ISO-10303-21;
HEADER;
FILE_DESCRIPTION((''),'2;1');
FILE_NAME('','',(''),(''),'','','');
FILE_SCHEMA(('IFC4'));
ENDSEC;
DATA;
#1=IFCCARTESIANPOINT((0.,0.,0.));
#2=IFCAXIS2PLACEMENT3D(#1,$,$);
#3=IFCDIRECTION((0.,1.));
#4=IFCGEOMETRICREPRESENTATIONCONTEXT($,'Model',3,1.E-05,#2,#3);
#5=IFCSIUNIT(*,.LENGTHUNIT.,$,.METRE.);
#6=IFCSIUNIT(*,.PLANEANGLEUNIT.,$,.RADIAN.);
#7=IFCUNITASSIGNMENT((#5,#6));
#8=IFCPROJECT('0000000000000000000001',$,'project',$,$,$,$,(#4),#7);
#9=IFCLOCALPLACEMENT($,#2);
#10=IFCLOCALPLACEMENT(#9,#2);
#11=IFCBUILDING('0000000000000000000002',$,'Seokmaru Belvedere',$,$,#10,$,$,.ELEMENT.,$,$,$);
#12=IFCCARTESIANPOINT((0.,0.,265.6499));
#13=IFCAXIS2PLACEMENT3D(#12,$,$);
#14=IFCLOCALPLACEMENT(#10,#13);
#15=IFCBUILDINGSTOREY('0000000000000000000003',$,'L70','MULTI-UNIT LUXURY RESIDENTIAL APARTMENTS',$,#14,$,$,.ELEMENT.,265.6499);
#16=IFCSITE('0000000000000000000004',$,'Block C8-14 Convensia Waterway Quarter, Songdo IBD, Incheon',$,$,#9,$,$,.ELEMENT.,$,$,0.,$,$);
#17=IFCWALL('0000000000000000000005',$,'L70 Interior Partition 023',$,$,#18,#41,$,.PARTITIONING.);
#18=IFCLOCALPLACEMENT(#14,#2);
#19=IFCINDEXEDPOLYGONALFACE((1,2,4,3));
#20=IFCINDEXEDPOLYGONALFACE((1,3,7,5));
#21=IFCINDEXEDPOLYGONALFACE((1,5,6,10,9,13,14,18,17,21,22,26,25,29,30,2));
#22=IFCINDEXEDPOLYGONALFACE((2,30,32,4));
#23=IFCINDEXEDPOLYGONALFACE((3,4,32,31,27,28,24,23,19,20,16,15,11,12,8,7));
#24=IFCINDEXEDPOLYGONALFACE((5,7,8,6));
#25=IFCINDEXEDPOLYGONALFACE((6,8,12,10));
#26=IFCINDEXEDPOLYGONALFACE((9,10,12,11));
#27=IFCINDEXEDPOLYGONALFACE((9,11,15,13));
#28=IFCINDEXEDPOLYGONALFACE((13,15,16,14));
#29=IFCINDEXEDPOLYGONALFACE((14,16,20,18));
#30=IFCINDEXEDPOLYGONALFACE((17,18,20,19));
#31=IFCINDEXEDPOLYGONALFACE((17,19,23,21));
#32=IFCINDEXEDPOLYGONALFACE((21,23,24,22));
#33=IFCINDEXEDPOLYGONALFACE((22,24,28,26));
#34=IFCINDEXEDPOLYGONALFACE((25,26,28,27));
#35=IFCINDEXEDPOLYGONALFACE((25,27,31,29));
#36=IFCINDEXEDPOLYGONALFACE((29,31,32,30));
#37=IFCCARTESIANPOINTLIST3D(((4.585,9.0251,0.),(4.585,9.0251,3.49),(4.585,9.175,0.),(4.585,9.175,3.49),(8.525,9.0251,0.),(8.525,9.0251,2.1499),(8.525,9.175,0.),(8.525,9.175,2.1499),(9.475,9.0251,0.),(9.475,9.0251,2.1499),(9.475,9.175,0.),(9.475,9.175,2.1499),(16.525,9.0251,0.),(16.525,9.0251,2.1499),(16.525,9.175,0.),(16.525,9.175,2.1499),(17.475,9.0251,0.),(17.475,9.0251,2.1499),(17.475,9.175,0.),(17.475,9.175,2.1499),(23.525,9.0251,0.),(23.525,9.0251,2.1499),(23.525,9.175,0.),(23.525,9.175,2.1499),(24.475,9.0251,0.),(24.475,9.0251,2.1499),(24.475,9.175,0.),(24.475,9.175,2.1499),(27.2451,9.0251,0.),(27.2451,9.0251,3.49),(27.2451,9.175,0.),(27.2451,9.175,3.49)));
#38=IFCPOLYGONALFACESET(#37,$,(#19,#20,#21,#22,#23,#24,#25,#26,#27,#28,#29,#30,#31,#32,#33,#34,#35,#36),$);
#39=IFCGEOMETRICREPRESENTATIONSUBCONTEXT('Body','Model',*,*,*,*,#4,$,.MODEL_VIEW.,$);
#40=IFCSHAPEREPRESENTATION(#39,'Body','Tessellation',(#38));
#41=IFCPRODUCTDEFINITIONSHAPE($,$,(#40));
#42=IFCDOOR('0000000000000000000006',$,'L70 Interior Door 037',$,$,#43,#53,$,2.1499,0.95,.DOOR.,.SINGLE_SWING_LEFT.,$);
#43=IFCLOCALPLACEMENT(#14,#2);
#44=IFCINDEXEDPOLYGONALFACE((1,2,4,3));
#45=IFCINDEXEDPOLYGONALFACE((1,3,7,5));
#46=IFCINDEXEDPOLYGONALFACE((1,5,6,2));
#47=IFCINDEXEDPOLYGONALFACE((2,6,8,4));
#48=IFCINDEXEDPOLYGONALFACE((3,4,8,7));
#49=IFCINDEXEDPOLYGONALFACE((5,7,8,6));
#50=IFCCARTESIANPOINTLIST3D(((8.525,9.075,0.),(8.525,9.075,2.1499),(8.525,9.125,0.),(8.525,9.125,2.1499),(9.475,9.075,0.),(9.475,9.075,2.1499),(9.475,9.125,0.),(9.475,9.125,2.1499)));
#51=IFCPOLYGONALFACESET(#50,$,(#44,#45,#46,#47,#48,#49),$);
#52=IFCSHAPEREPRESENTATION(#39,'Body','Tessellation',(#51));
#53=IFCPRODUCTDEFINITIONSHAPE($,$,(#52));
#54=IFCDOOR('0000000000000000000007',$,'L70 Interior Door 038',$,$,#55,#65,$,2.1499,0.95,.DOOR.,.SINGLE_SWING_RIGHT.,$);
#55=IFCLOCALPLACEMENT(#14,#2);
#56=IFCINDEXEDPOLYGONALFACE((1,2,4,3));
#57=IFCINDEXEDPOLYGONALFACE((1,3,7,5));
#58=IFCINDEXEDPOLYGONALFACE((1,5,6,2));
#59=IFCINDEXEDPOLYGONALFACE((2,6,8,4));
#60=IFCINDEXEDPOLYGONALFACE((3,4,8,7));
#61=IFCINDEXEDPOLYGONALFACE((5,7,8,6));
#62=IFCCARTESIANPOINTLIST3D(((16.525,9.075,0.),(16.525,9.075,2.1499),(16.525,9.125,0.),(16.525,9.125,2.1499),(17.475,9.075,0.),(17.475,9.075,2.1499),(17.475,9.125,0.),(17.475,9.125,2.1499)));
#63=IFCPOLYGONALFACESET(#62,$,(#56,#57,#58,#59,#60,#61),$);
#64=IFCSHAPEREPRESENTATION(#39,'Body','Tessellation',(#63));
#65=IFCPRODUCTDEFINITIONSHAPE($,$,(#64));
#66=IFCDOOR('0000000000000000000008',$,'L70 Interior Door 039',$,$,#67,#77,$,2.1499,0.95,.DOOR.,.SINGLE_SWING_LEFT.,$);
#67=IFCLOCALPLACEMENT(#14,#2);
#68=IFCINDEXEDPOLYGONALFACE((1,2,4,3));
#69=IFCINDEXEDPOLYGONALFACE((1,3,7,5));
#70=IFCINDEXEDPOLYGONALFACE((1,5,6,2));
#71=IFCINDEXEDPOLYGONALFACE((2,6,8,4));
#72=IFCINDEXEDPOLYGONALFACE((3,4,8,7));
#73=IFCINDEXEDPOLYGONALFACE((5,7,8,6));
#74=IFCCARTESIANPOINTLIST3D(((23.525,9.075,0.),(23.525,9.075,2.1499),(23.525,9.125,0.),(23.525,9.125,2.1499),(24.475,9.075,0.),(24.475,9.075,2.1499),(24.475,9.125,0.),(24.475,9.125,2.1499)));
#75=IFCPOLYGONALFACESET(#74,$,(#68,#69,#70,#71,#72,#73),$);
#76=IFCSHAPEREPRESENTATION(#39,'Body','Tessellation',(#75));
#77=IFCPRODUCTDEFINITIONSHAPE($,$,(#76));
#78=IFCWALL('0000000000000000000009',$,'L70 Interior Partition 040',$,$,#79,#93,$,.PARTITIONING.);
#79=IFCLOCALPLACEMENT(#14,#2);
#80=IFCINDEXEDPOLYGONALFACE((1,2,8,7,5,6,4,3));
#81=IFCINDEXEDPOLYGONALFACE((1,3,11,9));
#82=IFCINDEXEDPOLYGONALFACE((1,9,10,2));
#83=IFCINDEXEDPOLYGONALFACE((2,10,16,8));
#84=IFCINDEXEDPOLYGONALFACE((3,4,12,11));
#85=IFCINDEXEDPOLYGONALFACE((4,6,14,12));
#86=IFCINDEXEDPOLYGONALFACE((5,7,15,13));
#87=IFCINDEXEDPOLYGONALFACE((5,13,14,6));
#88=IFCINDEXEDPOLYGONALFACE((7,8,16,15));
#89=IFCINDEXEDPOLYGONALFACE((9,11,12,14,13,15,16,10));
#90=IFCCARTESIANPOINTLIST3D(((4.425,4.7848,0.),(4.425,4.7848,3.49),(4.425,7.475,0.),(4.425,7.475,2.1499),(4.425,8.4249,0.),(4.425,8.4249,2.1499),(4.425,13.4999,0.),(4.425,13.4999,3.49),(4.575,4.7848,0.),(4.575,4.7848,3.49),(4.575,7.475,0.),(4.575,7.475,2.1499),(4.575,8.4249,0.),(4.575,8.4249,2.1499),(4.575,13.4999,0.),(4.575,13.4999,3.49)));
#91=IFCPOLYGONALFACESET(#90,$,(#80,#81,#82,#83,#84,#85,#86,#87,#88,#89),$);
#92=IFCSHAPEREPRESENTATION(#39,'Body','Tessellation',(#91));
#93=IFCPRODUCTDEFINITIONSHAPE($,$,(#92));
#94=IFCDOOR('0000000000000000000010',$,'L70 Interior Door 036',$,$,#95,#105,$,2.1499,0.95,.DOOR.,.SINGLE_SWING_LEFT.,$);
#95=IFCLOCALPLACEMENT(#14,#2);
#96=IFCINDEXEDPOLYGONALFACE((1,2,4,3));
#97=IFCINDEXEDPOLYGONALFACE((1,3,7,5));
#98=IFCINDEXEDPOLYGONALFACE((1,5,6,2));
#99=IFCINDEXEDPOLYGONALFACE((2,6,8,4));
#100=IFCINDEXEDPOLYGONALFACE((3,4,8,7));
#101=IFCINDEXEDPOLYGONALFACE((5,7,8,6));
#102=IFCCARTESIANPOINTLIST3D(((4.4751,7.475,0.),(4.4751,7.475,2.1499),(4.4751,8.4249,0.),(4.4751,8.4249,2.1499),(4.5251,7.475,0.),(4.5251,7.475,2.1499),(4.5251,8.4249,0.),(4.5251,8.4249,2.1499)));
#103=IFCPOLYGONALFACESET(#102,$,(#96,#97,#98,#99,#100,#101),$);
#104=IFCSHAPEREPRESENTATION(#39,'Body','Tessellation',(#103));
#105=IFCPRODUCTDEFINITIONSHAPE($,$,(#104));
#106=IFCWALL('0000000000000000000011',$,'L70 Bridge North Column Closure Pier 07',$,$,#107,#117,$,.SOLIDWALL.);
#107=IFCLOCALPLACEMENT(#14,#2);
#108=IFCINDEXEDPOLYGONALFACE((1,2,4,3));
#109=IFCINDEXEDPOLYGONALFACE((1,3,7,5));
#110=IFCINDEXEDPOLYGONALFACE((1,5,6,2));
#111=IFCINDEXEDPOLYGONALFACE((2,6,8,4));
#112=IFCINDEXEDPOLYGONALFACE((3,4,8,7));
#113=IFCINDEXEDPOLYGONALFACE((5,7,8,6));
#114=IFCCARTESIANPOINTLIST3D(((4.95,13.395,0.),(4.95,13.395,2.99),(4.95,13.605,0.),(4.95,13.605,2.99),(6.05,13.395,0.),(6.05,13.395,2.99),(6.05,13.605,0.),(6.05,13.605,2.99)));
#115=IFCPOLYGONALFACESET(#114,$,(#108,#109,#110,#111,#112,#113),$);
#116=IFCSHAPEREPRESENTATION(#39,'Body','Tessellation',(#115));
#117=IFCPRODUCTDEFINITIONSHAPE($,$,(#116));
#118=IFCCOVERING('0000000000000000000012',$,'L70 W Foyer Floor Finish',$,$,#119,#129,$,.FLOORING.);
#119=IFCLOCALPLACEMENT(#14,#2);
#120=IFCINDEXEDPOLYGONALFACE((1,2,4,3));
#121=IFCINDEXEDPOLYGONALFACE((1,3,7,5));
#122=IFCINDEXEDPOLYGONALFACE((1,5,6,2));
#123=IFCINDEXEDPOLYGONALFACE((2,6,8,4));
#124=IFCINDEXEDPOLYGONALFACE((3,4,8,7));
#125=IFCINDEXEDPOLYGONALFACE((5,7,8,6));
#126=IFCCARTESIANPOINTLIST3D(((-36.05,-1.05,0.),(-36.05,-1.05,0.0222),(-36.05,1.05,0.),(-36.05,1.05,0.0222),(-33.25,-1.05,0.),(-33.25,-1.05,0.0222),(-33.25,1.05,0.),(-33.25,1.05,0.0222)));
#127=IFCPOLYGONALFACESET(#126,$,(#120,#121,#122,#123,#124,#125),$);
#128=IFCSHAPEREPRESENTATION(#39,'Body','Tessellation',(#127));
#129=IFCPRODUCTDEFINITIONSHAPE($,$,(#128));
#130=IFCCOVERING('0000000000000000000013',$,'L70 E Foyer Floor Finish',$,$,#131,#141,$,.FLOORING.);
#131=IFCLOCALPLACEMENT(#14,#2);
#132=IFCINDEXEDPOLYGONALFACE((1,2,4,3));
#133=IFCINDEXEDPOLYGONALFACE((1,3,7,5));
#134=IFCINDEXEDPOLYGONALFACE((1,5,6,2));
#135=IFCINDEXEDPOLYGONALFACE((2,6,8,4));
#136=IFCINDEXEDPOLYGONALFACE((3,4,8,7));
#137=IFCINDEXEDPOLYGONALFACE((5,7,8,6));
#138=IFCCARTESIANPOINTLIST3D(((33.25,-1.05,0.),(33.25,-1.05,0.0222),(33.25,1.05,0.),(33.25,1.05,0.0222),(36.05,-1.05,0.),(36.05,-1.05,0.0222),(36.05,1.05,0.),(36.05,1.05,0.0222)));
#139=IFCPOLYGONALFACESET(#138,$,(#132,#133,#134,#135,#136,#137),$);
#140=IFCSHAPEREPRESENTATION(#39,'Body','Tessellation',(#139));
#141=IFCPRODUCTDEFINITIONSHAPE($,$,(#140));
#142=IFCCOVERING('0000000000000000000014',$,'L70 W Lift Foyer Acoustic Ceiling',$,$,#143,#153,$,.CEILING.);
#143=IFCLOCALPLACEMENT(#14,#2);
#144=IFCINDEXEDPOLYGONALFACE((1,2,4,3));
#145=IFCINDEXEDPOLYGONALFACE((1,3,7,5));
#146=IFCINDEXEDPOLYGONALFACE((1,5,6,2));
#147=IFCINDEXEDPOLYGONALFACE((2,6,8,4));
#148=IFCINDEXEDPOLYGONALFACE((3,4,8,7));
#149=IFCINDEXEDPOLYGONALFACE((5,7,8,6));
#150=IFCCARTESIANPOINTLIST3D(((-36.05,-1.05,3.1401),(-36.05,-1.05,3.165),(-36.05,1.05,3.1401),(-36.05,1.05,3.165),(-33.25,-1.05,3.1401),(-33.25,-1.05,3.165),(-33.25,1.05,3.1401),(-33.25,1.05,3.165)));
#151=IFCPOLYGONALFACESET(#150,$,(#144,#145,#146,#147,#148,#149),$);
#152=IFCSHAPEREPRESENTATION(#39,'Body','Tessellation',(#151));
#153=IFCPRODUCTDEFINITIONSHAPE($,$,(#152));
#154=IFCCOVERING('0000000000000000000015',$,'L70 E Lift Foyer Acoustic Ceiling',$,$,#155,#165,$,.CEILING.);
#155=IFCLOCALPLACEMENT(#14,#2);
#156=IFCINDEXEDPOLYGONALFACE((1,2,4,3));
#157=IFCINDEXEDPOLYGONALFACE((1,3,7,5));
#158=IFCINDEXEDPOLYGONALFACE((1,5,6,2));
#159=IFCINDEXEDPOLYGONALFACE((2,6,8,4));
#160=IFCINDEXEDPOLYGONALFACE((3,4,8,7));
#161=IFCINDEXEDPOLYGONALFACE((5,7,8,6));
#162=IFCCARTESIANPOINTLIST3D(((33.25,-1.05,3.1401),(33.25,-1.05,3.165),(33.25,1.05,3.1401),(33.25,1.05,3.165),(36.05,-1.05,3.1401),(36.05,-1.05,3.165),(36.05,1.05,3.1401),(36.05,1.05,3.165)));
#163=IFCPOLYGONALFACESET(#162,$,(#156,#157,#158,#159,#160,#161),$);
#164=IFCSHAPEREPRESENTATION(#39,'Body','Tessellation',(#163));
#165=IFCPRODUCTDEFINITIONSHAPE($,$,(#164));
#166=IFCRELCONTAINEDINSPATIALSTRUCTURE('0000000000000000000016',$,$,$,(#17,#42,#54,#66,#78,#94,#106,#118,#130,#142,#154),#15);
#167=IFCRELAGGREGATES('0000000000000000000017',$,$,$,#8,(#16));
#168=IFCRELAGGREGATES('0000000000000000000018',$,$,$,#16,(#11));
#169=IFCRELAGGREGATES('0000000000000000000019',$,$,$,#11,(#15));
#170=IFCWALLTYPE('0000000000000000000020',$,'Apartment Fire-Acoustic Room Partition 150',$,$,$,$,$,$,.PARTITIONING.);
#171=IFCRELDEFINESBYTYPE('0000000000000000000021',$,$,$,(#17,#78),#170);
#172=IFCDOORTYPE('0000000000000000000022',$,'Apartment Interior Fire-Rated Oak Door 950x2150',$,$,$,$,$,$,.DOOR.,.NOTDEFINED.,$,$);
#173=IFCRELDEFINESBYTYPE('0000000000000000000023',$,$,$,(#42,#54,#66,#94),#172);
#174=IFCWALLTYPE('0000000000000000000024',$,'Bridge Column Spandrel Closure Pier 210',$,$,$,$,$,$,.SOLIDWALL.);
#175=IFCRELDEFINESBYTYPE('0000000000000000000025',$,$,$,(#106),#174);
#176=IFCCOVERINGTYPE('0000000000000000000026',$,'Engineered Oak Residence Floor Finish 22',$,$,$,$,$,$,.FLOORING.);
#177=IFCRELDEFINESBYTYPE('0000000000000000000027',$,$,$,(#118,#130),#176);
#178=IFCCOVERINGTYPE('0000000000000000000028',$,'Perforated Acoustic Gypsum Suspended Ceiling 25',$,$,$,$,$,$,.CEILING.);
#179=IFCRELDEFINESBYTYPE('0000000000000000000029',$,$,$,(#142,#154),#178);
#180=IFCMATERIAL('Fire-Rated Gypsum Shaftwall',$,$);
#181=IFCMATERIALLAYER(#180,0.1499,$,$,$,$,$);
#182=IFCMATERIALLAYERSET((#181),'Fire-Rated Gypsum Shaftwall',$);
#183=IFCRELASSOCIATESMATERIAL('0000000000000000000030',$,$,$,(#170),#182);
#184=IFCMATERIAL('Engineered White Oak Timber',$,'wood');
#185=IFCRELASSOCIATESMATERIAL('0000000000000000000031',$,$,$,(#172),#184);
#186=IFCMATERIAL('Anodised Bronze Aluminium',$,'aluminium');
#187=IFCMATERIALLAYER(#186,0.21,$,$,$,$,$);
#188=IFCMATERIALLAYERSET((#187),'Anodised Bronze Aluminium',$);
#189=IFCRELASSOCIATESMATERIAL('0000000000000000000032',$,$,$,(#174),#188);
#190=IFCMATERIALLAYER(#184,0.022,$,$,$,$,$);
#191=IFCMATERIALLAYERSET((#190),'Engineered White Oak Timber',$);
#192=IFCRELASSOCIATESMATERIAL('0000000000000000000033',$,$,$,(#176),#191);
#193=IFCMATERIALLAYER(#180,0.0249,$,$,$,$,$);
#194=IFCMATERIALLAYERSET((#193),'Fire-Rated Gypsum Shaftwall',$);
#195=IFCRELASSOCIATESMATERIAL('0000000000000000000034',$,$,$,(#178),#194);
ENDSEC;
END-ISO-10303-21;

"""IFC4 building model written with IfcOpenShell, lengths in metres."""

from ifc_helpers import new_model, si_unit, direction, frame, frame_2d, origin, place, context, subcontext, project, spatial, polyline, rectangle, outline, extrude, source, transform, mapped, material, layer, layer_set, type_object, type_shapes, element, fill, save


model = new_model("IFC4")

# Units and contexts
model_context = context("Model", 3, precision=1e-05, world=origin(), true_north=direction((0.0, 1.0)))
body_context = subcontext(model_context, "Body", "Model", "MODEL_VIEW")
ifc_project = project(units=[si_unit("LENGTHUNIT", "METRE"), si_unit("PLANEANGLEUNIT", "RADIAN")], contexts=[model_context])

# Site, building, storey
site_placement = place(None, origin())
site = spatial("IfcSite", under=ifc_project, at=site_placement, Name="Block C8-14 Convensia Waterway Quarter, Songdo IBD, Incheon", CompositionType="ELEMENT", RefElevation=0.0)
building_placement = place(site_placement, origin())
building = spatial("IfcBuilding", under=site, at=building_placement, Name="Seokmaru Belvedere", CompositionType="ELEMENT")
storey_placement = place(building_placement, frame((0.0, 0.0, 265.6499)))
storey = spatial("IfcBuildingStorey", under=building, at=storey_placement, Name="L70", Description="MULTI-UNIT LUXURY RESIDENTIAL APARTMENTS", CompositionType="ELEMENT", Elevation=265.6499)

# Shared definitions
ifc_material_1 = material(Name="Anodised Bronze Aluminium", Category="aluminium")

# Wall, openings, doors
ifc_material_2 = material(Name="Fire-Rated Gypsum Shaftwall")
ifc_layer_1 = layer(ifc_material_2, 0.1499)
ifc_layer_set_1 = layer_set([ifc_layer_1], Name="Fire-Rated Gypsum Shaftwall")
wall_type_1 = type_object("IfcWallType", Name="Apartment Fire-Acoustic Room Partition 150", PredefinedType="PARTITIONING", material=ifc_layer_set_1)
wall_1_placement = place(storey_placement, frame((4.585, 9.1001, 0.0), z_axis=(0.0, 0.0, 1.0), x_axis=(1.0, 0.0, 0.0)))
wall_1 = element("IfcWall", 1, at=wall_1_placement, inside=storey, type_object=wall_type_1, Name="L70 Interior Partition 023", PredefinedType="PARTITIONING", context=body_context, shape_type="SweptSolid", body=[
    extrude(rectangle(XDim=22.6602, YDim=0.1499, at=frame_2d((11.3301, 0.0))), origin(), (0.0, 0.0, 1.0), 3.49),
])
opening_1_placement = place(wall_1_placement, frame((3.9399, 0.0, 0.0)))
opening_1 = element("IfcOpeningElement", 2, at=opening_1_placement, cuts=wall_1, PredefinedType="OPENING", context=body_context, shape_type="SweptSolid", body=[
    extrude(rectangle(XDim=0.95, YDim=2.1499, at=frame_2d((0.4751, 1.075))), frame((0.0, 0.085, 0.0), z_axis=(0.0, -1.0, 0.0), x_axis=(1.0, 0.0, 0.0)), (0.0, 0.0, 1.0), 0.1699),
])
opening_2_placement = place(wall_1_placement, frame((11.9399, 0.0, 0.0)))
opening_2 = element("IfcOpeningElement", 3, at=opening_2_placement, cuts=wall_1, PredefinedType="OPENING", context=body_context, shape_type="SweptSolid", body=[
    extrude(rectangle(XDim=0.95, YDim=2.1499, at=frame_2d((0.4751, 1.075))), frame((0.0, 0.085, 0.0), z_axis=(0.0, -1.0, 0.0), x_axis=(1.0, 0.0, 0.0)), (0.0, 0.0, 1.0), 0.1699),
])
opening_3_placement = place(wall_1_placement, frame((18.9399, 0.0, 0.0)))
opening_3 = element("IfcOpeningElement", 4, at=opening_3_placement, cuts=wall_1, PredefinedType="OPENING", context=body_context, shape_type="SweptSolid", body=[
    extrude(rectangle(XDim=0.95, YDim=2.1499, at=frame_2d((0.4751, 1.075))), frame((0.0, 0.085, 0.0), z_axis=(0.0, -1.0, 0.0), x_axis=(1.0, 0.0, 0.0)), (0.0, 0.0, 1.0), 0.1699),
])
ifc_material_3 = material(Name="Engineered White Oak Timber", Category="wood")
door_type = type_object("IfcDoorType", Name="Apartment Interior Fire-Rated Oak Door 950x2150", OperationType="NOTDEFINED", PredefinedType="DOOR", material=ifc_material_3)
shared_shape_1 = source(origin(), body_context, "Body", "SweptSolid", [
    extrude(rectangle(XDim=0.95, YDim=2.1499, at=frame_2d((0.4751, 1.075))), frame((0.0, 0.0249, 0.0), z_axis=(0.0, -1.0, 0.0), x_axis=(1.0, 0.0, 0.0)), (0.0, 0.0, 1.0), 0.05),
])
type_shapes(door_type, [shared_shape_1])
door_1_placement = place(opening_1_placement, origin())
door_1 = element("IfcDoor", 5, at=door_1_placement, inside=storey, type_object=door_type, Name="L70 Interior Door 037", OperationType="SINGLE_SWING_LEFT", OverallHeight=2.1499, OverallWidth=0.95, PredefinedType="DOOR", context=body_context, shape_type="MappedRepresentation", body=[
    mapped(shared_shape_1, transform((0.0, 0.0, 0.0), scale=1.0)),
])
fill(opening_1, door_1)
door_2_placement = place(opening_2_placement, origin())
door_2 = element("IfcDoor", 6, at=door_2_placement, inside=storey, type_object=door_type, Name="L70 Interior Door 038", OperationType="SINGLE_SWING_RIGHT", OverallHeight=2.1499, OverallWidth=0.95, PredefinedType="DOOR", context=body_context, shape_type="MappedRepresentation", body=[
    mapped(shared_shape_1, transform((0.0, 0.0, 0.0), scale=1.0)),
])
fill(opening_2, door_2)
door_3_placement = place(opening_3_placement, origin())
door_3 = element("IfcDoor", 7, at=door_3_placement, inside=storey, type_object=door_type, Name="L70 Interior Door 039", OperationType="SINGLE_SWING_LEFT", OverallHeight=2.1499, OverallWidth=0.95, PredefinedType="DOOR", context=body_context, shape_type="MappedRepresentation", body=[
    mapped(shared_shape_1, transform((0.0, 0.0, 0.0), scale=1.0)),
])
fill(opening_3, door_3)

# Wall, opening, door
wall_2_placement = place(storey_placement, frame((4.5, 4.7849, 0.0), z_axis=(0.0, 0.0, 1.0), x_axis=(0.0, 1.0, 0.0)))
wall_2 = element("IfcWall", 8, at=wall_2_placement, inside=storey, type_object=wall_type_1, Name="L70 Interior Partition 040", PredefinedType="PARTITIONING", context=body_context, shape_type="SweptSolid", body=[
    extrude(rectangle(XDim=8.7151, YDim=0.1499, at=frame_2d((4.3574, 0.0))), origin(), (0.0, 0.0, 1.0), 3.49),
])
opening_4_placement = place(wall_2_placement, frame((2.6899, 0.0, 0.0)))
opening_4 = element("IfcOpeningElement", 9, at=opening_4_placement, cuts=wall_2, PredefinedType="OPENING", context=body_context, shape_type="SweptSolid", body=[
    extrude(rectangle(XDim=0.95, YDim=2.1499, at=frame_2d((0.4751, 1.075))), frame((0.0, 0.085, 0.0), z_axis=(0.0, -1.0, 0.0), x_axis=(1.0, 0.0, 0.0)), (0.0, 0.0, 1.0), 0.1699),
])
door_4_placement = place(opening_4_placement, origin())
door_4 = element("IfcDoor", 10, at=door_4_placement, inside=storey, type_object=door_type, Name="L70 Interior Door 036", OperationType="SINGLE_SWING_LEFT", OverallHeight=2.1499, OverallWidth=0.95, PredefinedType="DOOR", context=body_context, shape_type="MappedRepresentation", body=[
    mapped(shared_shape_1, transform((0.0, 0.0, 0.0), scale=1.0)),
])
fill(opening_4, door_4)

# Wall
ifc_layer_2 = layer(ifc_material_1, 0.21)
ifc_layer_set_2 = layer_set([ifc_layer_2], Name="Anodised Bronze Aluminium")
wall_type_2 = type_object("IfcWallType", Name="Bridge Column Spandrel Closure Pier 210", PredefinedType="SOLIDWALL", material=ifc_layer_set_2)
wall_3_placement = place(storey_placement, frame((4.95, 13.5, 0.0), z_axis=(0.0, 0.0, 1.0), x_axis=(1.0, 0.0, 0.0)))
element("IfcWall", 11, at=wall_3_placement, inside=storey, type_object=wall_type_2, Name="L70 Bridge North Column Closure Pier 07", PredefinedType="SOLIDWALL", context=body_context, shape_type="SweptSolid", body=[
    extrude(rectangle(XDim=1.1001, YDim=0.21, at=frame_2d((0.55, 0.0))), origin(), (0.0, 0.0, 1.0), 2.99),
])

# Coverings
ifc_layer_3 = layer(ifc_material_3, 0.022)
ifc_layer_set_3 = layer_set([ifc_layer_3], Name="Engineered White Oak Timber")
covering_type_1 = type_object("IfcCoveringType", Name="Engineered Oak Residence Floor Finish 22", PredefinedType="FLOORING", material=ifc_layer_set_3)
covering_1_placement = place(storey_placement, origin())
element("IfcCovering", 12, at=covering_1_placement, inside=storey, type_object=covering_type_1, Name="L70 W Foyer Floor Finish", PredefinedType="FLOORING", context=body_context, shape_type="SweptSolid", body=[
    extrude(outline(polyline([(-36.05, -1.05), (-33.25, -1.05), (-33.25, 1.05), (-36.05, 1.05), (-36.05, -1.05)])), origin(), (0.0, 0.0, 1.0), 0.0222),
])
covering_2_placement = place(storey_placement, origin())
element("IfcCovering", 13, at=covering_2_placement, inside=storey, type_object=covering_type_1, Name="L70 E Foyer Floor Finish", PredefinedType="FLOORING", context=body_context, shape_type="SweptSolid", body=[
    extrude(outline(polyline([(33.25, -1.05), (36.05, -1.05), (36.05, 1.05), (33.25, 1.05), (33.25, -1.05)])), origin(), (0.0, 0.0, 1.0), 0.0222),
])
ifc_layer_4 = layer(ifc_material_2, 0.0249)
ifc_layer_set_4 = layer_set([ifc_layer_4], Name="Fire-Rated Gypsum Shaftwall")
covering_type_2 = type_object("IfcCoveringType", Name="Perforated Acoustic Gypsum Suspended Ceiling 25", PredefinedType="CEILING", material=ifc_layer_set_4)
covering_3_placement = place(storey_placement, frame((0.0, 0.0, 3.1401)))
element("IfcCovering", 14, at=covering_3_placement, inside=storey, type_object=covering_type_2, Name="L70 W Lift Foyer Acoustic Ceiling", PredefinedType="CEILING", context=body_context, shape_type="SweptSolid", body=[
    extrude(outline(polyline([(-36.05, -1.05), (-33.25, -1.05), (-33.25, 1.05), (-36.05, 1.05), (-36.05, -1.05)])), origin(), (0.0, 0.0, 1.0), 0.0249),
])
covering_4_placement = place(storey_placement, frame((0.0, 0.0, 3.1401)))
element("IfcCovering", 15, at=covering_4_placement, inside=storey, type_object=covering_type_2, Name="L70 E Lift Foyer Acoustic Ceiling", PredefinedType="CEILING", context=body_context, shape_type="SweptSolid", body=[
    extrude(outline(polyline([(33.25, -1.05), (36.05, -1.05), (36.05, 1.05), (33.25, 1.05), (33.25, -1.05)])), origin(), (0.0, 0.0, 1.0), 0.0249),
])

save(model, "model.ifc")
